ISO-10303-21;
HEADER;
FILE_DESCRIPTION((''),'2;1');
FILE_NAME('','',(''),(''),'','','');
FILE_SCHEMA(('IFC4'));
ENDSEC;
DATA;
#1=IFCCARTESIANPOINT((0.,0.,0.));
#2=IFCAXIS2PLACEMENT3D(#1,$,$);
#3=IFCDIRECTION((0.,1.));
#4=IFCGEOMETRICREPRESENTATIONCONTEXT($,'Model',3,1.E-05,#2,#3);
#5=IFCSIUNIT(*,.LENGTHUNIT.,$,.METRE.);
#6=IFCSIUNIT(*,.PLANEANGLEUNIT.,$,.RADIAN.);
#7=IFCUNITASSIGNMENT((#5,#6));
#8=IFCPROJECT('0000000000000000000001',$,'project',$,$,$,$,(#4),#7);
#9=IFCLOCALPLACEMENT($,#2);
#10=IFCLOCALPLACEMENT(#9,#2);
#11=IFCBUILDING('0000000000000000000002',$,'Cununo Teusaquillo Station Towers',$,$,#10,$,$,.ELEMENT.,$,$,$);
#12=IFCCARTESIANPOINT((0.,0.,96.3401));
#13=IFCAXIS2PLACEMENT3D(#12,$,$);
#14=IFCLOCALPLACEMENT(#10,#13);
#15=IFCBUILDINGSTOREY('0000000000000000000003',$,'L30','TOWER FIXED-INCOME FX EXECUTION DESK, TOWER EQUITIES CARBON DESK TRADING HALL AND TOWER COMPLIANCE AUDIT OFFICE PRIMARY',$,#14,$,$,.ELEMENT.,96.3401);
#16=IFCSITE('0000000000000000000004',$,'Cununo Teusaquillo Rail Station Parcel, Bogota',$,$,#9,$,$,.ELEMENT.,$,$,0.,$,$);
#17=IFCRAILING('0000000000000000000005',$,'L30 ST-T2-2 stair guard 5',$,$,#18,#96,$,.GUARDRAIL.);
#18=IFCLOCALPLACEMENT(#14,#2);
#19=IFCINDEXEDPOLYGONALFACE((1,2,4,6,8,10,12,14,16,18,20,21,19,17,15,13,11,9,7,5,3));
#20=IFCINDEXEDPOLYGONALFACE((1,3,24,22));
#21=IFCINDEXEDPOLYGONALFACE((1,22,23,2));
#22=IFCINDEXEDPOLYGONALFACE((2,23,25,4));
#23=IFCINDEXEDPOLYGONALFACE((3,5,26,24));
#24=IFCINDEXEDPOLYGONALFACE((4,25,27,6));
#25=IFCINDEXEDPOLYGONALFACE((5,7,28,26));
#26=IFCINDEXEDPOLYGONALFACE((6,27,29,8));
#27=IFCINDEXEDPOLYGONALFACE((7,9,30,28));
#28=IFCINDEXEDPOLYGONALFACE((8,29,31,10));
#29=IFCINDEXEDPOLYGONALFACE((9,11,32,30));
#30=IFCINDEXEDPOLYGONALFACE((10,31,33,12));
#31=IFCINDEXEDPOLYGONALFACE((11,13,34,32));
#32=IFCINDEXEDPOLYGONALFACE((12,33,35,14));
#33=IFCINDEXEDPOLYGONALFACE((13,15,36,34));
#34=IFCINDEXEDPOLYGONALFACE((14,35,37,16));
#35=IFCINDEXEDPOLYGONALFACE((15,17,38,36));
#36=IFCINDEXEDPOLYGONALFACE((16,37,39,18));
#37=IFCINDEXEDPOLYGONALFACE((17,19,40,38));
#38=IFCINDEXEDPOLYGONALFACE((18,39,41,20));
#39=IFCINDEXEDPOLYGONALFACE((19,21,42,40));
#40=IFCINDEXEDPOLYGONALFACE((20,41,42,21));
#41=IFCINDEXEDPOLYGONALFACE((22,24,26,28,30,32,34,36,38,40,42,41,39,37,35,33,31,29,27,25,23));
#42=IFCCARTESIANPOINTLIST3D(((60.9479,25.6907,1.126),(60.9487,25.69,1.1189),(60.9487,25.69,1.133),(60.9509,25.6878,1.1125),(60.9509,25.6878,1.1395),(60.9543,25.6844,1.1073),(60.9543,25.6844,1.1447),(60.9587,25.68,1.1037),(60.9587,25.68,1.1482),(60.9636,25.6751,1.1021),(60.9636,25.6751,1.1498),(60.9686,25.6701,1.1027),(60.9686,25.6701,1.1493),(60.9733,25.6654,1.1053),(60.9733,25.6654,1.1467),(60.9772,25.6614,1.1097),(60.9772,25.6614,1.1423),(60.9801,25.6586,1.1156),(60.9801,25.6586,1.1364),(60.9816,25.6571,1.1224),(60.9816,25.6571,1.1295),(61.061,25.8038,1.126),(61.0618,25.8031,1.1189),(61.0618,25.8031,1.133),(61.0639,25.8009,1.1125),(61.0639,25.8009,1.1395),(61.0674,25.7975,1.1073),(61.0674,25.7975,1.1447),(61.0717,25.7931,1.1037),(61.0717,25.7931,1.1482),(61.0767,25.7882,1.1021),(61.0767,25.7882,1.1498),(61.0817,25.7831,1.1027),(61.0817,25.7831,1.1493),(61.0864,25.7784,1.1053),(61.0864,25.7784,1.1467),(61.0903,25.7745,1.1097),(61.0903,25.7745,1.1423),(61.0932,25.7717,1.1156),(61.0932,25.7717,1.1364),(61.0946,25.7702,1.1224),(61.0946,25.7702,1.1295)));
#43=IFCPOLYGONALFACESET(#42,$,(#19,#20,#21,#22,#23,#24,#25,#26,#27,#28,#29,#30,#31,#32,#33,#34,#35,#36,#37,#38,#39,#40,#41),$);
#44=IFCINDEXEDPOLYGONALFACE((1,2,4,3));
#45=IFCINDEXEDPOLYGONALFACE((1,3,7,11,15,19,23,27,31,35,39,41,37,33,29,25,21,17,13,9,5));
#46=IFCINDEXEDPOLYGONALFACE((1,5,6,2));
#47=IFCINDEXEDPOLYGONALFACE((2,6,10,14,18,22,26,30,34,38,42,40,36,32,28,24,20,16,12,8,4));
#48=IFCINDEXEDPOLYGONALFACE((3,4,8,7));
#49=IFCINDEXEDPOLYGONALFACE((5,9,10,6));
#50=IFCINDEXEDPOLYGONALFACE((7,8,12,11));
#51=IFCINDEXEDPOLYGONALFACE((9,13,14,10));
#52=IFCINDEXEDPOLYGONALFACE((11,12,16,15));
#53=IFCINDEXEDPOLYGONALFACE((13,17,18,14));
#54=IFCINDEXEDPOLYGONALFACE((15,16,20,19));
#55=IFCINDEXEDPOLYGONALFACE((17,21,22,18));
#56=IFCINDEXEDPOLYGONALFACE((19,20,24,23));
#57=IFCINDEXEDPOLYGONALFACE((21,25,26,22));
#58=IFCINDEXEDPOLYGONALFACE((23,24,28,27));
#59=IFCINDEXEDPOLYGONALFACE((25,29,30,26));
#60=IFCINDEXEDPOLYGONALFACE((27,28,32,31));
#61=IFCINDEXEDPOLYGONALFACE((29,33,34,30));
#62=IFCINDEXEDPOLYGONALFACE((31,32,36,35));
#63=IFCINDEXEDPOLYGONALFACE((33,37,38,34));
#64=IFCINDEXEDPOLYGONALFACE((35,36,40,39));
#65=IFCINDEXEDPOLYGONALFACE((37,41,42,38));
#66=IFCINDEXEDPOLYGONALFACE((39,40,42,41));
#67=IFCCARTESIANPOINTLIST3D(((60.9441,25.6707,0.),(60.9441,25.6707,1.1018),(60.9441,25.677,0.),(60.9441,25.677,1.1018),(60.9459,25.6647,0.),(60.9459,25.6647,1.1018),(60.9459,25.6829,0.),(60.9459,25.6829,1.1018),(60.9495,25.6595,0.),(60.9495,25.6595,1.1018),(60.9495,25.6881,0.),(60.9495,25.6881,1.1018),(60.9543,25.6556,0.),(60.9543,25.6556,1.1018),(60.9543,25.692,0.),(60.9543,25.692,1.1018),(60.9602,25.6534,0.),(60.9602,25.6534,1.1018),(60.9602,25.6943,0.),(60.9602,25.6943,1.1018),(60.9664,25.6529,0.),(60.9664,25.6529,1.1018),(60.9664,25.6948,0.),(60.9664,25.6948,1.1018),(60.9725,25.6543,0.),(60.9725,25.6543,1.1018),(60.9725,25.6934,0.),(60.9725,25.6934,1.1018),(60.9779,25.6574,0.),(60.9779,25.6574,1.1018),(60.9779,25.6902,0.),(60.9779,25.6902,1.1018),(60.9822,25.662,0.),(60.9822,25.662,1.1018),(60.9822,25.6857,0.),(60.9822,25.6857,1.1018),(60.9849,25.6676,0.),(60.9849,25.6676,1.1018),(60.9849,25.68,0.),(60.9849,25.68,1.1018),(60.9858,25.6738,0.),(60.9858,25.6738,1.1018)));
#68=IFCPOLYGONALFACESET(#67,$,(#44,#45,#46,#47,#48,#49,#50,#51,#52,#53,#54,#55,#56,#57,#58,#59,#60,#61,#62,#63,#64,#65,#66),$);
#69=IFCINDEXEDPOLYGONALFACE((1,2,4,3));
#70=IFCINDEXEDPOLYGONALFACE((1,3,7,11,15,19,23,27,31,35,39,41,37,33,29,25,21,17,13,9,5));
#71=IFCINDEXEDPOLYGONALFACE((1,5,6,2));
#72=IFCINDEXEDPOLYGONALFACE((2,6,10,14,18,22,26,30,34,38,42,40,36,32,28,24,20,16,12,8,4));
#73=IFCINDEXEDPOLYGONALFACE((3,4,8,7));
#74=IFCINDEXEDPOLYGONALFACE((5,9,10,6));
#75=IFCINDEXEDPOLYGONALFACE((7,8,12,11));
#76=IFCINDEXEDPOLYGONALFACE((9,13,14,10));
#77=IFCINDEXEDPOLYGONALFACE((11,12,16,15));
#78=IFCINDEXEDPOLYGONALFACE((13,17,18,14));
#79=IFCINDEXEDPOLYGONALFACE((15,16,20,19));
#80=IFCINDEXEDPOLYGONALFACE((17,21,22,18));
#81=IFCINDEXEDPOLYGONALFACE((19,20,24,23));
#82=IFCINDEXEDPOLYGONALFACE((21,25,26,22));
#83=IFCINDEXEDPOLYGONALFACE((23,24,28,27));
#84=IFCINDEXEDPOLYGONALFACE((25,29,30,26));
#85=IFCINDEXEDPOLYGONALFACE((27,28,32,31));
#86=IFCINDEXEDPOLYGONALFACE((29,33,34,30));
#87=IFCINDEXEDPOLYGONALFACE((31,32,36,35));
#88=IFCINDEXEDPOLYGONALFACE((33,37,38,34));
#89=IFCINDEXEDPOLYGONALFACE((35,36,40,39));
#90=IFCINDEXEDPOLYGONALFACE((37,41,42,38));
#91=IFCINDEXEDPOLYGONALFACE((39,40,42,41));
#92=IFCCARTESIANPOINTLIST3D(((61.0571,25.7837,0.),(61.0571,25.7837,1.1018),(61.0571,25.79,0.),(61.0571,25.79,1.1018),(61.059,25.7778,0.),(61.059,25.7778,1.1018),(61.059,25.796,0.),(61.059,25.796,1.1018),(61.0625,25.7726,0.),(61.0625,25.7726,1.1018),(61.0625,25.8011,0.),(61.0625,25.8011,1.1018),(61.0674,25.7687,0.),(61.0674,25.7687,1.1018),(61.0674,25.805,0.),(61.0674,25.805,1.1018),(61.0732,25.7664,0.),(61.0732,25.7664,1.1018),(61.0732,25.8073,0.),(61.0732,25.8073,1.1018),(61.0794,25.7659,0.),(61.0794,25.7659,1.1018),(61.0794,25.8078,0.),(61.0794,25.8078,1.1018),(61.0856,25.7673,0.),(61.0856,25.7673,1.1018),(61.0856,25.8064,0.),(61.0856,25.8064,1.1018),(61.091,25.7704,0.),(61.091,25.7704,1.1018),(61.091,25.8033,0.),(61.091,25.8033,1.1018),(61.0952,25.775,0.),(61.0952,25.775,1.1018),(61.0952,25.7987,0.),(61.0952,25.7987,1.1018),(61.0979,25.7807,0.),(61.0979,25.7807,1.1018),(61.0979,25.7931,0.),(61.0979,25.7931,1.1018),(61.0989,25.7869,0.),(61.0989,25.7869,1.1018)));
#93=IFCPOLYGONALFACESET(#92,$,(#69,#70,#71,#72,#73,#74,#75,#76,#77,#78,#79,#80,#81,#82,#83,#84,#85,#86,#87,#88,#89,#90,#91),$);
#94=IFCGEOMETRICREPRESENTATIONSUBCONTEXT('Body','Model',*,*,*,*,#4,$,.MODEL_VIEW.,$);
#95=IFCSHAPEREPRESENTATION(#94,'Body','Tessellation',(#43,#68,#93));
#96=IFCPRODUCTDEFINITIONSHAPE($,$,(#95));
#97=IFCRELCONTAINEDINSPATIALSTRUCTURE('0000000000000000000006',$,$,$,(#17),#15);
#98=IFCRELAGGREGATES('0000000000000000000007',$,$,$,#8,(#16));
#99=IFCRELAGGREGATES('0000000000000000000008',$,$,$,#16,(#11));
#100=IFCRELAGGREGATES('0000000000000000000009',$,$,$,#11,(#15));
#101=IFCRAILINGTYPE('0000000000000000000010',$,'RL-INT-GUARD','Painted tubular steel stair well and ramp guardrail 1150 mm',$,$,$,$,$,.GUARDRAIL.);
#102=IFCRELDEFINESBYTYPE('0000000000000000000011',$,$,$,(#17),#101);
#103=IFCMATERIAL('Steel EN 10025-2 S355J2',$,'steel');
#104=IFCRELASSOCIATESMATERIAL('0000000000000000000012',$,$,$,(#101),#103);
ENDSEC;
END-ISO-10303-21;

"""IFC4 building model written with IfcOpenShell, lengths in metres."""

from ifc_helpers import new_model, si_unit, direction, frame, origin, origin_2d, place, context, subcontext, project, spatial, circle, extrude, material, type_object, element, save


model = new_model("IFC4")

# Units and contexts
model_context = context("Model", 3, precision=1e-05, world=origin(), true_north=direction((0.0, 1.0)))
body_context = subcontext(model_context, "Body", "Model", "MODEL_VIEW")
ifc_project = project(units=[si_unit("LENGTHUNIT", "METRE"), si_unit("PLANEANGLEUNIT", "RADIAN")], contexts=[model_context])

# Site, building, storey
site_placement = place(None, origin())
site = spatial("IfcSite", under=ifc_project, at=site_placement, Name="Cununo Teusaquillo Rail Station Parcel, Bogota", CompositionType="ELEMENT", RefElevation=0.0)
building_placement = place(site_placement, origin())
building = spatial("IfcBuilding", under=site, at=building_placement, Name="Cununo Teusaquillo Station Towers", CompositionType="ELEMENT")
storey_placement = place(building_placement, frame((0.0, 0.0, 96.3401)))
storey = spatial("IfcBuildingStorey", under=building, at=storey_placement, Name="L30", Description="TOWER FIXED-INCOME FX EXECUTION DESK, TOWER EQUITIES CARBON DESK TRADING HALL AND TOWER COMPLIANCE AUDIT OFFICE PRIMARY", CompositionType="ELEMENT", Elevation=96.3401)

# Railing
ifc_material_1 = material(Name="Steel EN 10025-2 S355J2", Category="steel")
railing_type_1 = type_object("IfcRailingType", Name="RL-INT-GUARD", Description="Painted tubular steel stair well and ramp guardrail 1150 mm", PredefinedType="GUARDRAIL", material=ifc_material_1)
railing_1_placement = place(storey_placement, frame((60.9648, 25.6738, 0.0)))
element("IfcRailing", 1, at=railing_1_placement, inside=storey, type_object=railing_type_1, Name="L30 ST-T2-2 stair guard 5", PredefinedType="GUARDRAIL", context=body_context, shape_type="SweptSolid", body=[
    extrude(circle(Radius=0.0239, at=origin_2d()), frame((0.0, 0.0, 1.126), z_axis=(0.707107, 0.707107, 0.0), x_axis=(-0.707107, 0.707107, 0.0)), (0.0, 0.0, 1.0), 0.1599),
    extrude(circle(Radius=0.021, at=origin_2d()), origin(), (0.0, 0.0, 1.0), 1.1018),
    extrude(circle(Radius=0.021, at=origin_2d()), frame((0.113, 0.113, 0.0)), (0.0, 0.0, 1.0), 1.1018),
])

save(model, "model.ifc")
